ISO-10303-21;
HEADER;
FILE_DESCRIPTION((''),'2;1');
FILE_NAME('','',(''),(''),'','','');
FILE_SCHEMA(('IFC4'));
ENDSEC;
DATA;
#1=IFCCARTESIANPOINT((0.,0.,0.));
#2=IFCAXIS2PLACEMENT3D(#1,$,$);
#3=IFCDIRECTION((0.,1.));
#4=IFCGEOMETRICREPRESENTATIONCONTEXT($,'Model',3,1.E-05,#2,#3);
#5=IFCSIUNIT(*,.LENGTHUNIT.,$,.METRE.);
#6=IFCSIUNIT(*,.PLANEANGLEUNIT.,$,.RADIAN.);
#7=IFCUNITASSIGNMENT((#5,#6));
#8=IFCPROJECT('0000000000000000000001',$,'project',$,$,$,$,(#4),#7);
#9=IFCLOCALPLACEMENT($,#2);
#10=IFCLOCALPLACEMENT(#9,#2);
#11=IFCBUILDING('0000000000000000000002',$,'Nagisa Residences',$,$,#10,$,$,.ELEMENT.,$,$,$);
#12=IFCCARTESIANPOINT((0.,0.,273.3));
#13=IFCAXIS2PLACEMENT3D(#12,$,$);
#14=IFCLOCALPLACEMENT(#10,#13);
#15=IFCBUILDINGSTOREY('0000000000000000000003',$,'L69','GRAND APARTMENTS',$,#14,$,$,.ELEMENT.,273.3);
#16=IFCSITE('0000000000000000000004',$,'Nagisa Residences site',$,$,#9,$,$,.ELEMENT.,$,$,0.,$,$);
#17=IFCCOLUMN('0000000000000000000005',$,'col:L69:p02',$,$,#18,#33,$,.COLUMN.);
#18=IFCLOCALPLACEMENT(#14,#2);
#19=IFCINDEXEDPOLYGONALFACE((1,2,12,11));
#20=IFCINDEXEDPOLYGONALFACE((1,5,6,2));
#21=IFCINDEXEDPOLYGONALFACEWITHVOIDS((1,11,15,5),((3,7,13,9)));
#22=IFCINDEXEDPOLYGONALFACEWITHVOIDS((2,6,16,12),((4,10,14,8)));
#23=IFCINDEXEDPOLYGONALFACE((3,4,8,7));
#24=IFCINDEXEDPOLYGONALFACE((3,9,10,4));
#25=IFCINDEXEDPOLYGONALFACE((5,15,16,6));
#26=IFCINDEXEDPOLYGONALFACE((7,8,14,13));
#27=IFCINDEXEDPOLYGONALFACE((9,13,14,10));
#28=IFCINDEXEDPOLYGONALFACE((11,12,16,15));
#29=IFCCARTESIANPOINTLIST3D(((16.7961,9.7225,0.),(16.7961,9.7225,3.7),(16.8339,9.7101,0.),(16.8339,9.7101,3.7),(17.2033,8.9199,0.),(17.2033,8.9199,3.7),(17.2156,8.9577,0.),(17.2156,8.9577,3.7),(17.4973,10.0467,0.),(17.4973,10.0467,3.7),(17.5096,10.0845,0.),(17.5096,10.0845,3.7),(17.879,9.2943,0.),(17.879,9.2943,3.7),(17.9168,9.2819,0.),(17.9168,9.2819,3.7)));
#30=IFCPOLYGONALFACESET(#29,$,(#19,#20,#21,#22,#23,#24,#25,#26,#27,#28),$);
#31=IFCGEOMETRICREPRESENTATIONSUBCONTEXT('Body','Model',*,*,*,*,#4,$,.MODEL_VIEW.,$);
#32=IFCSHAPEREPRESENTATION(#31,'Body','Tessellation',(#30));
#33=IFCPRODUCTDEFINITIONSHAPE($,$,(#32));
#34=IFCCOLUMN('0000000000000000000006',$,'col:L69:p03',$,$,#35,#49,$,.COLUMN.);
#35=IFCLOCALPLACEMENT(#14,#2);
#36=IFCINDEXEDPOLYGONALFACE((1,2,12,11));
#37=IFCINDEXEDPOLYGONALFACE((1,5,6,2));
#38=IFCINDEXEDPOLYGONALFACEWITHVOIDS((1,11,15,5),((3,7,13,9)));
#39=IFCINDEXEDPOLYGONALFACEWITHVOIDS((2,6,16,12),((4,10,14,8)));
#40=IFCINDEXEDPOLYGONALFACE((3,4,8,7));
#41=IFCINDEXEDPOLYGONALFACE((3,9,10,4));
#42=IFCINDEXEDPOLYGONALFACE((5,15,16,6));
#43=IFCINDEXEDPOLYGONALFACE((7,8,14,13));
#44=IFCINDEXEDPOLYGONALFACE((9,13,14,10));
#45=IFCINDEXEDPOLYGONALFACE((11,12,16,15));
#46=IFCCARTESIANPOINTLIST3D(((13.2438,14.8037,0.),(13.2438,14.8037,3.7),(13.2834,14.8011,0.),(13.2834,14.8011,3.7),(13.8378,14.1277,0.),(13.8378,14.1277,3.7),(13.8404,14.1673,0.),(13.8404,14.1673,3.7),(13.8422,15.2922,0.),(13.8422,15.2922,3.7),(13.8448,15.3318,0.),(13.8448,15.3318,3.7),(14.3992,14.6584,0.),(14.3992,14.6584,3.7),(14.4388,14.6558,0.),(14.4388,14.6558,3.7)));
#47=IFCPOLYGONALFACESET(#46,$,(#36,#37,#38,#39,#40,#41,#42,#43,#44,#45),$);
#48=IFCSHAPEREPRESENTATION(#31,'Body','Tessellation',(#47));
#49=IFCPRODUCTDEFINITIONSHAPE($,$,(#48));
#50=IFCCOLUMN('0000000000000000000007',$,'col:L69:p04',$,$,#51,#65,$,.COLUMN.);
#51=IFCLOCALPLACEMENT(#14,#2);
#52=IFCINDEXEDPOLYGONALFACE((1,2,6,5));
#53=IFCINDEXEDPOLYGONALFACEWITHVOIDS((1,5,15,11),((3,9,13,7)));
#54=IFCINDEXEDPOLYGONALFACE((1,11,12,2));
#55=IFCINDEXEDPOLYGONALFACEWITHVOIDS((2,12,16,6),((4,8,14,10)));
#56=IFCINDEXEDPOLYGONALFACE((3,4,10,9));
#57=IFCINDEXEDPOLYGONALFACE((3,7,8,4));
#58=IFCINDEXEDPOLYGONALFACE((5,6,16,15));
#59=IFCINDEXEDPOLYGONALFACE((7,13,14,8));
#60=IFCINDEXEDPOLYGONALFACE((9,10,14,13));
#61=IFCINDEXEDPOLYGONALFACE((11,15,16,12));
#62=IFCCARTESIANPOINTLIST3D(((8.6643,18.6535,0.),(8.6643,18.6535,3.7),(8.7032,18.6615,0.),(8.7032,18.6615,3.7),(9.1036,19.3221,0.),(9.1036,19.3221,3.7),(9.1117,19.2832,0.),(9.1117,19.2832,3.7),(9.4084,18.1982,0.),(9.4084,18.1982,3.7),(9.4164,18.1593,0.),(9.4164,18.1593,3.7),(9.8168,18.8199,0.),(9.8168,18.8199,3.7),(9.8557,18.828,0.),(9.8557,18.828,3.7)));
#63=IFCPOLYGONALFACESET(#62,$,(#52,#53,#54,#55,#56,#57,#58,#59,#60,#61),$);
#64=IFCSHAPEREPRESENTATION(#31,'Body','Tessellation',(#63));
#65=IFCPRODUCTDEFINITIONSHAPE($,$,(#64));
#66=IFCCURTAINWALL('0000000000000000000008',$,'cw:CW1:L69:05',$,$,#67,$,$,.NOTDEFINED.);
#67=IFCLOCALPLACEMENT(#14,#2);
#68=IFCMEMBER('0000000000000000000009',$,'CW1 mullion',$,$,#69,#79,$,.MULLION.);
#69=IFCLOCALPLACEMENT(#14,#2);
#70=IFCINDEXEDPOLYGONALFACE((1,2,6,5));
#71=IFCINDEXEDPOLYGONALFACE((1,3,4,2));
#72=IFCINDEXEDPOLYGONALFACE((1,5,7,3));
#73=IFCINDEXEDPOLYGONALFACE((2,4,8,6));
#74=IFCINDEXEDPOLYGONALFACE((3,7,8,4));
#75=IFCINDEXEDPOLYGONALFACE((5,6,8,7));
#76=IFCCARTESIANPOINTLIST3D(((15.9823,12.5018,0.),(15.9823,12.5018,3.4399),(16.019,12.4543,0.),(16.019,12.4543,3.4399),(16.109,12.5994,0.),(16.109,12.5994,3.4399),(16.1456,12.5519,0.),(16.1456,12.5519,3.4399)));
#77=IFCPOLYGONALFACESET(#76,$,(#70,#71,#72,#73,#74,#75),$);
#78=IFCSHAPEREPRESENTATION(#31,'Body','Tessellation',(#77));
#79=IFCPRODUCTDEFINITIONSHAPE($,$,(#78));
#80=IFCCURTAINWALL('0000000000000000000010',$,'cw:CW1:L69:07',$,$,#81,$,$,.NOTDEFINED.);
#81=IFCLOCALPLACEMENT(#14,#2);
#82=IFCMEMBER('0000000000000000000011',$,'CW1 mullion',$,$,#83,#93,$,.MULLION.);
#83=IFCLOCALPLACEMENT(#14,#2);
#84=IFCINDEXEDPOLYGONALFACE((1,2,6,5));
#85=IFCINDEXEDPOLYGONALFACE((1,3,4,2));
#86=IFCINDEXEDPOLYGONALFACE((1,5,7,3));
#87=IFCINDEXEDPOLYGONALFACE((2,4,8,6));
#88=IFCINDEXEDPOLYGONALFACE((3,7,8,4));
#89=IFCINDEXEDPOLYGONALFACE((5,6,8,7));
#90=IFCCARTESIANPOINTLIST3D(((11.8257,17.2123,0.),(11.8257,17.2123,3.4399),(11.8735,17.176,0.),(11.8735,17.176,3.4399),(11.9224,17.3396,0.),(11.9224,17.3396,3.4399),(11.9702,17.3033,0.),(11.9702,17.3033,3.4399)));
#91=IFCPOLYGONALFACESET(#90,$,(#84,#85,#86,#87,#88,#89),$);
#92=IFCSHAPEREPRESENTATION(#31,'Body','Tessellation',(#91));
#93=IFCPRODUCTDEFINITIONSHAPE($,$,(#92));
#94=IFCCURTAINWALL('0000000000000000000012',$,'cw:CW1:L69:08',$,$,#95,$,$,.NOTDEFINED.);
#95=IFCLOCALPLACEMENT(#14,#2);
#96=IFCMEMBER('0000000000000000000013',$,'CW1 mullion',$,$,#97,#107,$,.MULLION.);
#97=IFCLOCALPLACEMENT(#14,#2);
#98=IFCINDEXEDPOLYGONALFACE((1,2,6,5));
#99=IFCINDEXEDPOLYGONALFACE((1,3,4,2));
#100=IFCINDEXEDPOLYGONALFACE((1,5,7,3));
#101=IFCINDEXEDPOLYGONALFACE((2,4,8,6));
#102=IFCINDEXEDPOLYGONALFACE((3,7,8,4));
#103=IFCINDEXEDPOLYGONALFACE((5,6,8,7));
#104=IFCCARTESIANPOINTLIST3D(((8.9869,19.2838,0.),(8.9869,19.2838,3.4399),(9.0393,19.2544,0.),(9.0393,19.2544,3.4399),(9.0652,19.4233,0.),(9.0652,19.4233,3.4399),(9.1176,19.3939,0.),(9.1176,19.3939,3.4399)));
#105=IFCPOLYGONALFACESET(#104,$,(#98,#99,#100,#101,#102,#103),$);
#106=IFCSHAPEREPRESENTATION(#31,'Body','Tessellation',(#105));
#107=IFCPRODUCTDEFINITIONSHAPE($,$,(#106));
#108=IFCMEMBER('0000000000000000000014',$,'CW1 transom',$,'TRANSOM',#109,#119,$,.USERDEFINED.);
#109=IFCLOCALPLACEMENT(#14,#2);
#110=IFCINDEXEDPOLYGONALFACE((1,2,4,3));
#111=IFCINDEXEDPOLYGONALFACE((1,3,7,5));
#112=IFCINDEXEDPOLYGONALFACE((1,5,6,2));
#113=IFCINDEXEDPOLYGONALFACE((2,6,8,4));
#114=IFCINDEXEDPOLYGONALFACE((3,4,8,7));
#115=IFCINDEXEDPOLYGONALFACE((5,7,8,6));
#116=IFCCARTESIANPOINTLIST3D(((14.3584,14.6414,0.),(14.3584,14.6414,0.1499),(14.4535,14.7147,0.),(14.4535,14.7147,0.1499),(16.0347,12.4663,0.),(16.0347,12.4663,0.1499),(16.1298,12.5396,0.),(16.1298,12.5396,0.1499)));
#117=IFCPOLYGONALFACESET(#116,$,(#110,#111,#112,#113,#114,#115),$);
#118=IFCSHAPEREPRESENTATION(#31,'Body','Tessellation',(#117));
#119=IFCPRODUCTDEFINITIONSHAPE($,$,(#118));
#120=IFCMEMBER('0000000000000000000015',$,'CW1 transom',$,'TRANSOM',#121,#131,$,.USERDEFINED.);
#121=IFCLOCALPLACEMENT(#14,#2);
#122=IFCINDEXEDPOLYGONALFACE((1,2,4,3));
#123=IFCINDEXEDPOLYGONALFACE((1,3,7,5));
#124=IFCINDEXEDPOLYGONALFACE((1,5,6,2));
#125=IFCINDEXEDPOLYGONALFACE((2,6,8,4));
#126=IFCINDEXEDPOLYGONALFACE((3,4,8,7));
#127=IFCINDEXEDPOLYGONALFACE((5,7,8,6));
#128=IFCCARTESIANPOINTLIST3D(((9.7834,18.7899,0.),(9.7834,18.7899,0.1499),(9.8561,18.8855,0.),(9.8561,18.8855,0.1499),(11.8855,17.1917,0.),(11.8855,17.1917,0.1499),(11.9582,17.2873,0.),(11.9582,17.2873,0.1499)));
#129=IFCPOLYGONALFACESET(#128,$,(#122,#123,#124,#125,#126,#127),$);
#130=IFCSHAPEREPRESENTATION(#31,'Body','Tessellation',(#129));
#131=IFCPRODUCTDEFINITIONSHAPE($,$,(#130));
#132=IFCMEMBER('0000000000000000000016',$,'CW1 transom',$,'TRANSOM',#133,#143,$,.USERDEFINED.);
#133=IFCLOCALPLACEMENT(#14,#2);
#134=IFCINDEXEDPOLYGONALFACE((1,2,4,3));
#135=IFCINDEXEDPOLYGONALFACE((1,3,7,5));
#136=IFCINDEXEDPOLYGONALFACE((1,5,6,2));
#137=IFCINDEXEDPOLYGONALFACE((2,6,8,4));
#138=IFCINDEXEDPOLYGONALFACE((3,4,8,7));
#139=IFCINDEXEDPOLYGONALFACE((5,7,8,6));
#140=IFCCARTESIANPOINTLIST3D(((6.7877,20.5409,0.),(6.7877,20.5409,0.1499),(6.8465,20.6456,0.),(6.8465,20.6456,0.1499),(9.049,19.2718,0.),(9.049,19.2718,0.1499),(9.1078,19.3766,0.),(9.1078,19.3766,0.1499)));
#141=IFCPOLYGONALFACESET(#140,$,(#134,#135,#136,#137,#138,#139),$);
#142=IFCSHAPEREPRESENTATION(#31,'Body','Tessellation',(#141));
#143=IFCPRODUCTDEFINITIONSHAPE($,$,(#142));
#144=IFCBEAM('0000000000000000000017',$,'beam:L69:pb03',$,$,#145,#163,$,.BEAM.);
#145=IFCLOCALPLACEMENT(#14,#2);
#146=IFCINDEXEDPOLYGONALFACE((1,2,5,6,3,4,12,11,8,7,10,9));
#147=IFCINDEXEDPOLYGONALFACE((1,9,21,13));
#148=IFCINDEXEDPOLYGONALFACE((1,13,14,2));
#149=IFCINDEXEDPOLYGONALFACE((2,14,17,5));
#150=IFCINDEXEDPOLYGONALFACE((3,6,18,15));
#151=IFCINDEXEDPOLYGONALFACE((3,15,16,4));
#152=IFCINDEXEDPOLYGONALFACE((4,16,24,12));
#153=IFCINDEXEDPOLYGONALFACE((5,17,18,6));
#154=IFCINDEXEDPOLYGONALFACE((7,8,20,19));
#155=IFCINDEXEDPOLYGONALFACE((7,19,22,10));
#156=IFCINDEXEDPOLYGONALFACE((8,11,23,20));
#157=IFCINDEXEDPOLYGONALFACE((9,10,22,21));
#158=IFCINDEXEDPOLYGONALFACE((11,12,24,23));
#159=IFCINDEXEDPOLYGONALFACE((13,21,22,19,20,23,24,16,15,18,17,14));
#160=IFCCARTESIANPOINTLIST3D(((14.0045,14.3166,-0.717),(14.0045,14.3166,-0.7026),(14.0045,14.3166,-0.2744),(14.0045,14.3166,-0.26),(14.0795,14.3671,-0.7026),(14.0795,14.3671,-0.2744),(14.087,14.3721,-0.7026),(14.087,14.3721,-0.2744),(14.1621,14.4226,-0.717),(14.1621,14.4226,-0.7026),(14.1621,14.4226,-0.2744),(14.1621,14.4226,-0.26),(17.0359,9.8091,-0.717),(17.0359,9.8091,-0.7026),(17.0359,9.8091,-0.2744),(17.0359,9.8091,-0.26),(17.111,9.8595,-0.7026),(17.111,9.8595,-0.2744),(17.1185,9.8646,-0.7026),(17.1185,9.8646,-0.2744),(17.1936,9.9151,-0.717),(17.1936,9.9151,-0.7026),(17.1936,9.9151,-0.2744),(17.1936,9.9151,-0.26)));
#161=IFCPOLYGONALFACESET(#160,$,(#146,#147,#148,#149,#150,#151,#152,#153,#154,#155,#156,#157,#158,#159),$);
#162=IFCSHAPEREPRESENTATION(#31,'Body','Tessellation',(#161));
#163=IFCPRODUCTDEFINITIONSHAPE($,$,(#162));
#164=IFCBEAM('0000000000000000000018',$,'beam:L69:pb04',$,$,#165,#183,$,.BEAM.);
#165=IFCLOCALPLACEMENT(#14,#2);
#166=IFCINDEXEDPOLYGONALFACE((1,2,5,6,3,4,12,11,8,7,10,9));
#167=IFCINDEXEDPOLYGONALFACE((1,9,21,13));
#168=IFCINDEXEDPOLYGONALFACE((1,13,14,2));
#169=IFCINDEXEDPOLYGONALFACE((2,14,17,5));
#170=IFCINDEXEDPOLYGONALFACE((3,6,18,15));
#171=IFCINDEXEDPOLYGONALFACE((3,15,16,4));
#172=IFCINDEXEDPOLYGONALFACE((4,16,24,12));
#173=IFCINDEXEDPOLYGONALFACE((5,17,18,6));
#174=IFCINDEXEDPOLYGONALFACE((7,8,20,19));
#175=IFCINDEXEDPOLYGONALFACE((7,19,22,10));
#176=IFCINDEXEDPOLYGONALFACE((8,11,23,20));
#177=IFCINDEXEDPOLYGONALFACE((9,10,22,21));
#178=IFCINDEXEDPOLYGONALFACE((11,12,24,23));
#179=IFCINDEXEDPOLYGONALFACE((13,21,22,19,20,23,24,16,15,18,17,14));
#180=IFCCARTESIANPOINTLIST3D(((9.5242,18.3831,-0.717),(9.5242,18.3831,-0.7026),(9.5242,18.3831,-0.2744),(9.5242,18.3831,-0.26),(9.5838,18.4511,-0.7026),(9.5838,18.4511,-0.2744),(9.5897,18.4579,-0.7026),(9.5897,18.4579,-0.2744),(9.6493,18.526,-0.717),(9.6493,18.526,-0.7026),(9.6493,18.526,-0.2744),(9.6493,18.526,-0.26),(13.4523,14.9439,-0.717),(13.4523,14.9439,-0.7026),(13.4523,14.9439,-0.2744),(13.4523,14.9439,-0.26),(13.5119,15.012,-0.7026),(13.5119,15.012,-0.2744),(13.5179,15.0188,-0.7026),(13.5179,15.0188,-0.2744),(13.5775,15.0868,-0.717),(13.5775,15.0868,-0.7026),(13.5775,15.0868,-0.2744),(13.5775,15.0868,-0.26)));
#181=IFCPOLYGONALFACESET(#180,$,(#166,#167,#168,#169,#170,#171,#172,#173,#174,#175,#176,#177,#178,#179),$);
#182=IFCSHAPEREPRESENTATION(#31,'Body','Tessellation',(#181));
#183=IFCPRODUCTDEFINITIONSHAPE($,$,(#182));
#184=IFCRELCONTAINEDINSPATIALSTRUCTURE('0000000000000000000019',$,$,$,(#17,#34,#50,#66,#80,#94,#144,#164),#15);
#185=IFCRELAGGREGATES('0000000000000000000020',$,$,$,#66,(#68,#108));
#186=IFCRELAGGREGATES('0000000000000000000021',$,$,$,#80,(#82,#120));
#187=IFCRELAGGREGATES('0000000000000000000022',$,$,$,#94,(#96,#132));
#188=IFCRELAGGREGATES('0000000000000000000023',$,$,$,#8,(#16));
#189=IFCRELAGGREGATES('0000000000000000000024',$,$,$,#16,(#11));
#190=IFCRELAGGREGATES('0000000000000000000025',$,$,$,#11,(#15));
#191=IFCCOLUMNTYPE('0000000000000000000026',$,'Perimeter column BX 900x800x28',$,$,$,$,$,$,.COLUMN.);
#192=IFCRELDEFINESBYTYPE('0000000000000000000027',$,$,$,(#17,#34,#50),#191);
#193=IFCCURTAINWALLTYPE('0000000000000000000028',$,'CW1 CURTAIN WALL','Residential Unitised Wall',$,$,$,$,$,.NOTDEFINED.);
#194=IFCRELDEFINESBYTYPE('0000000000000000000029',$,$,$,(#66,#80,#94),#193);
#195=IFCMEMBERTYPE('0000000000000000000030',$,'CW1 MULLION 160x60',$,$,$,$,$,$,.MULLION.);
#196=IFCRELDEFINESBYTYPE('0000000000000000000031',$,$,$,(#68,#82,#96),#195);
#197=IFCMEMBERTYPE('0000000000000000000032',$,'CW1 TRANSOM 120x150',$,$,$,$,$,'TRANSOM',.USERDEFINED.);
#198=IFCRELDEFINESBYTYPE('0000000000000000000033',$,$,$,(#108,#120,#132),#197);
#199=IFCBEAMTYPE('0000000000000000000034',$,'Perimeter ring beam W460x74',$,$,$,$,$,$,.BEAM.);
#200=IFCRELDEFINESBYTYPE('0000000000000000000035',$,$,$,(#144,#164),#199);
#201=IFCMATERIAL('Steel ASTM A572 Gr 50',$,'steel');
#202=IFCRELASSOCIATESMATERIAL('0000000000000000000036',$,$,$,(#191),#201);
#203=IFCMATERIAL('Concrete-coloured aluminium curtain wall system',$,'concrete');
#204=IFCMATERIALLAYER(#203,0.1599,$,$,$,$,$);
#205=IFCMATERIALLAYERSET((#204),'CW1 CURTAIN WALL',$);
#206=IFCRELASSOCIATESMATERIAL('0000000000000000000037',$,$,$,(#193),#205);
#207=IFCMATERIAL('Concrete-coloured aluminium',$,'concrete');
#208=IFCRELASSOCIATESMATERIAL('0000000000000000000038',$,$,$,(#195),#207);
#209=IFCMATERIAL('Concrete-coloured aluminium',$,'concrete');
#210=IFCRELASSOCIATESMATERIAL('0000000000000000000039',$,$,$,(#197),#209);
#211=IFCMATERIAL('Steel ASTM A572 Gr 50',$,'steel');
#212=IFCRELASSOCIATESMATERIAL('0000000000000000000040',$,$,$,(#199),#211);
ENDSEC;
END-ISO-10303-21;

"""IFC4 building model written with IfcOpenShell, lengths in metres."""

from ifc_helpers import new_model, si_unit, direction, frame, origin, origin_2d, place, context, subcontext, project, spatial, rectangle, hollow_rectangle, i_section, extrude, material, layer, layer_set, material_profile, profile_set, type_object, element, aggregate, save


model = new_model("IFC4")

# Units and contexts
model_context = context("Model", 3, precision=1e-05, world=origin(), true_north=direction((0.0, 1.0)))
body_context = subcontext(model_context, "Body", "Model", "MODEL_VIEW")
ifc_project = project(units=[si_unit("LENGTHUNIT", "METRE"), si_unit("PLANEANGLEUNIT", "RADIAN")], contexts=[model_context])

# Site, building, storey
site_placement = place(None, origin())
site = spatial("IfcSite", under=ifc_project, at=site_placement, Name="Nagisa Residences site", CompositionType="ELEMENT", RefElevation=0.0)
building_placement = place(site_placement, origin())
building = spatial("IfcBuilding", under=site, at=building_placement, Name="Nagisa Residences", CompositionType="ELEMENT")
storey_placement = place(building_placement, frame((0.0, 0.0, 273.3)))
storey = spatial("IfcBuildingStorey", under=building, at=storey_placement, Name="L69", Description="GRAND APARTMENTS", CompositionType="ELEMENT", Elevation=273.3)

# Columns
ifc_material_1 = material(Name="Steel ASTM A572 Gr 50", Category="steel")
ifc_material_profile_1 = material_profile(ifc_material_1, hollow_rectangle(XDim=0.8999, YDim=0.8, WallThickness=0.0281, at=origin_2d()), Name="BX 900x800x28")
ifc_profile_set_1 = profile_set([ifc_material_profile_1], Name="Steel ASTM A572 Gr 50")
column_type = type_object("IfcColumnType", Name="Perimeter column BX 900x800x28", PredefinedType="COLUMN", material=ifc_profile_set_1)
for number, where, z_axis, x_axis, name in (
    (1, (17.3564, 9.5022, 0.0), (0.0, 0.0, 1.0), (-0.452463, 0.891783, 0.0), "col:L69:p02"),
    (2, (13.8413, 14.7297, 0.0), (0.0, 0.0, 1.0), (-0.660115, 0.751165, 0.0), "col:L69:p03"),
    (3, (9.26, 18.7407, 0.0), (0.0, 0.0, 1.0), (-0.835766, 0.549086, 0.0), "col:L69:p04"),
):
    element("IfcColumn", number, at=place(storey_placement, frame(where, z_axis=z_axis, x_axis=x_axis)), inside=storey, type_object=column_type, Name=name, PredefinedType="COLUMN", context=body_context, shape_type="SweptSolid", body=[
        extrude(hollow_rectangle(XDim=0.8999, YDim=0.8, WallThickness=0.0281, at=origin_2d()), origin(), (0.0, 0.0, 1.0), 3.7),
    ])

# Curtain walls, members
ifc_material_2 = material(Name="Concrete-coloured aluminium curtain wall system", Category="concrete")
ifc_layer_1 = layer(ifc_material_2, 0.1599)
ifc_layer_set_1 = layer_set([ifc_layer_1], Name="CW1 CURTAIN WALL")
curtain_wall_type = type_object("IfcCurtainWallType", Name="CW1 CURTAIN WALL", Description="Residential Unitised Wall", PredefinedType="NOTDEFINED", material=ifc_layer_set_1)
curtain_wall_1_placement = place(storey_placement, origin())
curtain_wall_1 = element("IfcCurtainWall", 4, at=curtain_wall_1_placement, inside=storey, type_object=curtain_wall_type, Name="cw:CW1:L69:05", PredefinedType="NOTDEFINED")
ifc_material_3 = material(Name="Concrete-coloured aluminium", Category="concrete")
ifc_material_profile_2 = material_profile(ifc_material_3, rectangle(XDim=0.1599, YDim=0.0601, at=origin_2d()), Name="CW1 MULLION 160x60")
ifc_profile_set_2 = profile_set([ifc_material_profile_2], Name="Concrete-coloured aluminium")
member_type_1 = type_object("IfcMemberType", Name="CW1 MULLION 160x60", PredefinedType="MULLION", material=ifc_profile_set_2)
member_1_placement = place(storey_placement, frame((16.064, 12.5269, 0.0), z_axis=(0.0, 0.0, 1.0), x_axis=(-0.79207, -0.61043, 0.0)))
member_1 = element("IfcMember", 5, at=member_1_placement, type_object=member_type_1, Name="CW1 mullion", PredefinedType="MULLION", context=body_context, shape_type="SweptSolid", body=[
    extrude(rectangle(XDim=0.1599, YDim=0.0601, at=origin_2d()), origin(), (0.0, 0.0, 1.0), 3.4399),
])
curtain_wall_2_placement = place(storey_placement, origin())
curtain_wall_2 = element("IfcCurtainWall", 6, at=curtain_wall_2_placement, inside=storey, type_object=curtain_wall_type, Name="cw:CW1:L69:07", PredefinedType="NOTDEFINED")
member_2_placement = place(storey_placement, frame((11.8979, 17.2578, 0.0), z_axis=(0.0, 0.0, 1.0), x_axis=(-0.605255, -0.796031, 0.0)))
member_2 = element("IfcMember", 7, at=member_2_placement, type_object=member_type_1, Name="CW1 mullion", PredefinedType="MULLION", context=body_context, shape_type="SweptSolid", body=[
    extrude(rectangle(XDim=0.1599, YDim=0.0601, at=origin_2d()), origin(), (0.0, 0.0, 1.0), 3.4399),
])
curtain_wall_3_placement = place(storey_placement, origin())
curtain_wall_3 = element("IfcCurtainWall", 8, at=curtain_wall_3_placement, inside=storey, type_object=curtain_wall_type, Name="cw:CW1:L69:08", PredefinedType="NOTDEFINED")
member_3_placement = place(storey_placement, frame((9.0522, 19.3389, 0.0), z_axis=(0.0, 0.0, 1.0), x_axis=(-0.489377, -0.872072, 0.0)))
member_3 = element("IfcMember", 9, at=member_3_placement, type_object=member_type_1, Name="CW1 mullion", PredefinedType="MULLION", context=body_context, shape_type="SweptSolid", body=[
    extrude(rectangle(XDim=0.1599, YDim=0.0601, at=origin_2d()), origin(), (0.0, 0.0, 1.0), 3.4399),
])

# Members
ifc_material_4 = material(Name="Concrete-coloured aluminium", Category="concrete")
ifc_material_profile_3 = material_profile(ifc_material_4, rectangle(XDim=0.1201, YDim=0.1499, at=origin_2d()), Name="CW1 TRANSOM 120x150")
ifc_profile_set_3 = profile_set([ifc_material_profile_3], Name="Concrete-coloured aluminium")
member_type_2 = type_object("IfcMemberType", Name="CW1 TRANSOM 120x150", ElementType="TRANSOM", PredefinedType="USERDEFINED", material=ifc_profile_set_3)
member_4_placement = place(storey_placement, frame((16.0823, 12.5029, 0.075), z_axis=(-0.610432, 0.792068, 0.0), x_axis=(-0.792068, -0.610432, 0.0)))
member_4 = element("IfcMember", 10, at=member_4_placement, type_object=member_type_2, Name="CW1 transom", ObjectType="TRANSOM", PredefinedType="USERDEFINED", context=body_context, shape_type="SweptSolid", body=[
    extrude(rectangle(XDim=0.1201, YDim=0.1499, at=origin_2d()), origin(), (0.0, 0.0, 1.0), 2.7461),
])
member_5_placement = place(storey_placement, frame((11.9219, 17.2395, 0.075), z_axis=(-0.796055, 0.605224, 0.0), x_axis=(-0.605224, -0.796055, 0.0)))
member_5 = element("IfcMember", 11, at=member_5_placement, type_object=member_type_2, Name="CW1 transom", ObjectType="TRANSOM", PredefinedType="USERDEFINED", context=body_context, shape_type="SweptSolid", body=[
    extrude(rectangle(XDim=0.1201, YDim=0.1499, at=origin_2d()), origin(), (0.0, 0.0, 1.0), 2.6406),
])
member_6_placement = place(storey_placement, frame((9.0784, 19.3242, 0.075), z_axis=(-0.872053, 0.489412, 0.0), x_axis=(-0.489412, -0.872053, 0.0)))
member_6 = element("IfcMember", 12, at=member_6_placement, type_object=member_type_2, Name="CW1 transom", ObjectType="TRANSOM", PredefinedType="USERDEFINED", context=body_context, shape_type="SweptSolid", body=[
    extrude(rectangle(XDim=0.1201, YDim=0.1499, at=origin_2d()), origin(), (0.0, 0.0, 1.0), 2.593),
])

# Beams
ifc_material_5 = material(Name="Steel ASTM A572 Gr 50", Category="steel")
ifc_material_profile_4 = material_profile(ifc_material_5, i_section(OverallWidth=0.1899, OverallDepth=0.457, WebThickness=0.009, FlangeThickness=0.0144, at=origin_2d()), Name="W460x74")
ifc_profile_set_4 = profile_set([ifc_material_profile_4], Name="Steel ASTM A572 Gr 50")
beam_type_1 = type_object("IfcBeamType", Name="Perimeter ring beam W460x74", PredefinedType="BEAM", material=ifc_profile_set_4)
beam_1_placement = place(storey_placement, frame((17.1147, 9.8621, -0.4885), z_axis=(-0.558066, 0.829796, 0.0), x_axis=(-0.829796, -0.558066, 0.0)))
element("IfcBeam", 13, at=beam_1_placement, inside=storey, type_object=beam_type_1, Name="beam:L69:pb03", PredefinedType="BEAM", context=body_context, shape_type="SweptSolid", body=[
    extrude(i_section(OverallWidth=0.1899, OverallDepth=0.457, WebThickness=0.009, FlangeThickness=0.0144, at=origin_2d()), origin(), (0.0, 0.0, 1.0), 5.4321),
])
beam_2_placement = place(storey_placement, frame((13.5149, 15.0154, -0.4885), z_axis=(-0.752385, 0.658723, 0.0), x_axis=(-0.658723, -0.752385, 0.0)))
element("IfcBeam", 14, at=beam_2_placement, inside=storey, type_object=beam_type_1, Name="beam:L69:pb04", PredefinedType="BEAM", context=body_context, shape_type="SweptSolid", body=[
    extrude(i_section(OverallWidth=0.1899, OverallDepth=0.457, WebThickness=0.009, FlangeThickness=0.0144, at=origin_2d()), origin(), (0.0, 0.0, 1.0), 5.2209),
])

aggregate(curtain_wall_1, [member_1, member_4])
aggregate(curtain_wall_2, [member_2, member_5])
aggregate(curtain_wall_3, [member_3, member_6])

save(model, "model.ifc")
